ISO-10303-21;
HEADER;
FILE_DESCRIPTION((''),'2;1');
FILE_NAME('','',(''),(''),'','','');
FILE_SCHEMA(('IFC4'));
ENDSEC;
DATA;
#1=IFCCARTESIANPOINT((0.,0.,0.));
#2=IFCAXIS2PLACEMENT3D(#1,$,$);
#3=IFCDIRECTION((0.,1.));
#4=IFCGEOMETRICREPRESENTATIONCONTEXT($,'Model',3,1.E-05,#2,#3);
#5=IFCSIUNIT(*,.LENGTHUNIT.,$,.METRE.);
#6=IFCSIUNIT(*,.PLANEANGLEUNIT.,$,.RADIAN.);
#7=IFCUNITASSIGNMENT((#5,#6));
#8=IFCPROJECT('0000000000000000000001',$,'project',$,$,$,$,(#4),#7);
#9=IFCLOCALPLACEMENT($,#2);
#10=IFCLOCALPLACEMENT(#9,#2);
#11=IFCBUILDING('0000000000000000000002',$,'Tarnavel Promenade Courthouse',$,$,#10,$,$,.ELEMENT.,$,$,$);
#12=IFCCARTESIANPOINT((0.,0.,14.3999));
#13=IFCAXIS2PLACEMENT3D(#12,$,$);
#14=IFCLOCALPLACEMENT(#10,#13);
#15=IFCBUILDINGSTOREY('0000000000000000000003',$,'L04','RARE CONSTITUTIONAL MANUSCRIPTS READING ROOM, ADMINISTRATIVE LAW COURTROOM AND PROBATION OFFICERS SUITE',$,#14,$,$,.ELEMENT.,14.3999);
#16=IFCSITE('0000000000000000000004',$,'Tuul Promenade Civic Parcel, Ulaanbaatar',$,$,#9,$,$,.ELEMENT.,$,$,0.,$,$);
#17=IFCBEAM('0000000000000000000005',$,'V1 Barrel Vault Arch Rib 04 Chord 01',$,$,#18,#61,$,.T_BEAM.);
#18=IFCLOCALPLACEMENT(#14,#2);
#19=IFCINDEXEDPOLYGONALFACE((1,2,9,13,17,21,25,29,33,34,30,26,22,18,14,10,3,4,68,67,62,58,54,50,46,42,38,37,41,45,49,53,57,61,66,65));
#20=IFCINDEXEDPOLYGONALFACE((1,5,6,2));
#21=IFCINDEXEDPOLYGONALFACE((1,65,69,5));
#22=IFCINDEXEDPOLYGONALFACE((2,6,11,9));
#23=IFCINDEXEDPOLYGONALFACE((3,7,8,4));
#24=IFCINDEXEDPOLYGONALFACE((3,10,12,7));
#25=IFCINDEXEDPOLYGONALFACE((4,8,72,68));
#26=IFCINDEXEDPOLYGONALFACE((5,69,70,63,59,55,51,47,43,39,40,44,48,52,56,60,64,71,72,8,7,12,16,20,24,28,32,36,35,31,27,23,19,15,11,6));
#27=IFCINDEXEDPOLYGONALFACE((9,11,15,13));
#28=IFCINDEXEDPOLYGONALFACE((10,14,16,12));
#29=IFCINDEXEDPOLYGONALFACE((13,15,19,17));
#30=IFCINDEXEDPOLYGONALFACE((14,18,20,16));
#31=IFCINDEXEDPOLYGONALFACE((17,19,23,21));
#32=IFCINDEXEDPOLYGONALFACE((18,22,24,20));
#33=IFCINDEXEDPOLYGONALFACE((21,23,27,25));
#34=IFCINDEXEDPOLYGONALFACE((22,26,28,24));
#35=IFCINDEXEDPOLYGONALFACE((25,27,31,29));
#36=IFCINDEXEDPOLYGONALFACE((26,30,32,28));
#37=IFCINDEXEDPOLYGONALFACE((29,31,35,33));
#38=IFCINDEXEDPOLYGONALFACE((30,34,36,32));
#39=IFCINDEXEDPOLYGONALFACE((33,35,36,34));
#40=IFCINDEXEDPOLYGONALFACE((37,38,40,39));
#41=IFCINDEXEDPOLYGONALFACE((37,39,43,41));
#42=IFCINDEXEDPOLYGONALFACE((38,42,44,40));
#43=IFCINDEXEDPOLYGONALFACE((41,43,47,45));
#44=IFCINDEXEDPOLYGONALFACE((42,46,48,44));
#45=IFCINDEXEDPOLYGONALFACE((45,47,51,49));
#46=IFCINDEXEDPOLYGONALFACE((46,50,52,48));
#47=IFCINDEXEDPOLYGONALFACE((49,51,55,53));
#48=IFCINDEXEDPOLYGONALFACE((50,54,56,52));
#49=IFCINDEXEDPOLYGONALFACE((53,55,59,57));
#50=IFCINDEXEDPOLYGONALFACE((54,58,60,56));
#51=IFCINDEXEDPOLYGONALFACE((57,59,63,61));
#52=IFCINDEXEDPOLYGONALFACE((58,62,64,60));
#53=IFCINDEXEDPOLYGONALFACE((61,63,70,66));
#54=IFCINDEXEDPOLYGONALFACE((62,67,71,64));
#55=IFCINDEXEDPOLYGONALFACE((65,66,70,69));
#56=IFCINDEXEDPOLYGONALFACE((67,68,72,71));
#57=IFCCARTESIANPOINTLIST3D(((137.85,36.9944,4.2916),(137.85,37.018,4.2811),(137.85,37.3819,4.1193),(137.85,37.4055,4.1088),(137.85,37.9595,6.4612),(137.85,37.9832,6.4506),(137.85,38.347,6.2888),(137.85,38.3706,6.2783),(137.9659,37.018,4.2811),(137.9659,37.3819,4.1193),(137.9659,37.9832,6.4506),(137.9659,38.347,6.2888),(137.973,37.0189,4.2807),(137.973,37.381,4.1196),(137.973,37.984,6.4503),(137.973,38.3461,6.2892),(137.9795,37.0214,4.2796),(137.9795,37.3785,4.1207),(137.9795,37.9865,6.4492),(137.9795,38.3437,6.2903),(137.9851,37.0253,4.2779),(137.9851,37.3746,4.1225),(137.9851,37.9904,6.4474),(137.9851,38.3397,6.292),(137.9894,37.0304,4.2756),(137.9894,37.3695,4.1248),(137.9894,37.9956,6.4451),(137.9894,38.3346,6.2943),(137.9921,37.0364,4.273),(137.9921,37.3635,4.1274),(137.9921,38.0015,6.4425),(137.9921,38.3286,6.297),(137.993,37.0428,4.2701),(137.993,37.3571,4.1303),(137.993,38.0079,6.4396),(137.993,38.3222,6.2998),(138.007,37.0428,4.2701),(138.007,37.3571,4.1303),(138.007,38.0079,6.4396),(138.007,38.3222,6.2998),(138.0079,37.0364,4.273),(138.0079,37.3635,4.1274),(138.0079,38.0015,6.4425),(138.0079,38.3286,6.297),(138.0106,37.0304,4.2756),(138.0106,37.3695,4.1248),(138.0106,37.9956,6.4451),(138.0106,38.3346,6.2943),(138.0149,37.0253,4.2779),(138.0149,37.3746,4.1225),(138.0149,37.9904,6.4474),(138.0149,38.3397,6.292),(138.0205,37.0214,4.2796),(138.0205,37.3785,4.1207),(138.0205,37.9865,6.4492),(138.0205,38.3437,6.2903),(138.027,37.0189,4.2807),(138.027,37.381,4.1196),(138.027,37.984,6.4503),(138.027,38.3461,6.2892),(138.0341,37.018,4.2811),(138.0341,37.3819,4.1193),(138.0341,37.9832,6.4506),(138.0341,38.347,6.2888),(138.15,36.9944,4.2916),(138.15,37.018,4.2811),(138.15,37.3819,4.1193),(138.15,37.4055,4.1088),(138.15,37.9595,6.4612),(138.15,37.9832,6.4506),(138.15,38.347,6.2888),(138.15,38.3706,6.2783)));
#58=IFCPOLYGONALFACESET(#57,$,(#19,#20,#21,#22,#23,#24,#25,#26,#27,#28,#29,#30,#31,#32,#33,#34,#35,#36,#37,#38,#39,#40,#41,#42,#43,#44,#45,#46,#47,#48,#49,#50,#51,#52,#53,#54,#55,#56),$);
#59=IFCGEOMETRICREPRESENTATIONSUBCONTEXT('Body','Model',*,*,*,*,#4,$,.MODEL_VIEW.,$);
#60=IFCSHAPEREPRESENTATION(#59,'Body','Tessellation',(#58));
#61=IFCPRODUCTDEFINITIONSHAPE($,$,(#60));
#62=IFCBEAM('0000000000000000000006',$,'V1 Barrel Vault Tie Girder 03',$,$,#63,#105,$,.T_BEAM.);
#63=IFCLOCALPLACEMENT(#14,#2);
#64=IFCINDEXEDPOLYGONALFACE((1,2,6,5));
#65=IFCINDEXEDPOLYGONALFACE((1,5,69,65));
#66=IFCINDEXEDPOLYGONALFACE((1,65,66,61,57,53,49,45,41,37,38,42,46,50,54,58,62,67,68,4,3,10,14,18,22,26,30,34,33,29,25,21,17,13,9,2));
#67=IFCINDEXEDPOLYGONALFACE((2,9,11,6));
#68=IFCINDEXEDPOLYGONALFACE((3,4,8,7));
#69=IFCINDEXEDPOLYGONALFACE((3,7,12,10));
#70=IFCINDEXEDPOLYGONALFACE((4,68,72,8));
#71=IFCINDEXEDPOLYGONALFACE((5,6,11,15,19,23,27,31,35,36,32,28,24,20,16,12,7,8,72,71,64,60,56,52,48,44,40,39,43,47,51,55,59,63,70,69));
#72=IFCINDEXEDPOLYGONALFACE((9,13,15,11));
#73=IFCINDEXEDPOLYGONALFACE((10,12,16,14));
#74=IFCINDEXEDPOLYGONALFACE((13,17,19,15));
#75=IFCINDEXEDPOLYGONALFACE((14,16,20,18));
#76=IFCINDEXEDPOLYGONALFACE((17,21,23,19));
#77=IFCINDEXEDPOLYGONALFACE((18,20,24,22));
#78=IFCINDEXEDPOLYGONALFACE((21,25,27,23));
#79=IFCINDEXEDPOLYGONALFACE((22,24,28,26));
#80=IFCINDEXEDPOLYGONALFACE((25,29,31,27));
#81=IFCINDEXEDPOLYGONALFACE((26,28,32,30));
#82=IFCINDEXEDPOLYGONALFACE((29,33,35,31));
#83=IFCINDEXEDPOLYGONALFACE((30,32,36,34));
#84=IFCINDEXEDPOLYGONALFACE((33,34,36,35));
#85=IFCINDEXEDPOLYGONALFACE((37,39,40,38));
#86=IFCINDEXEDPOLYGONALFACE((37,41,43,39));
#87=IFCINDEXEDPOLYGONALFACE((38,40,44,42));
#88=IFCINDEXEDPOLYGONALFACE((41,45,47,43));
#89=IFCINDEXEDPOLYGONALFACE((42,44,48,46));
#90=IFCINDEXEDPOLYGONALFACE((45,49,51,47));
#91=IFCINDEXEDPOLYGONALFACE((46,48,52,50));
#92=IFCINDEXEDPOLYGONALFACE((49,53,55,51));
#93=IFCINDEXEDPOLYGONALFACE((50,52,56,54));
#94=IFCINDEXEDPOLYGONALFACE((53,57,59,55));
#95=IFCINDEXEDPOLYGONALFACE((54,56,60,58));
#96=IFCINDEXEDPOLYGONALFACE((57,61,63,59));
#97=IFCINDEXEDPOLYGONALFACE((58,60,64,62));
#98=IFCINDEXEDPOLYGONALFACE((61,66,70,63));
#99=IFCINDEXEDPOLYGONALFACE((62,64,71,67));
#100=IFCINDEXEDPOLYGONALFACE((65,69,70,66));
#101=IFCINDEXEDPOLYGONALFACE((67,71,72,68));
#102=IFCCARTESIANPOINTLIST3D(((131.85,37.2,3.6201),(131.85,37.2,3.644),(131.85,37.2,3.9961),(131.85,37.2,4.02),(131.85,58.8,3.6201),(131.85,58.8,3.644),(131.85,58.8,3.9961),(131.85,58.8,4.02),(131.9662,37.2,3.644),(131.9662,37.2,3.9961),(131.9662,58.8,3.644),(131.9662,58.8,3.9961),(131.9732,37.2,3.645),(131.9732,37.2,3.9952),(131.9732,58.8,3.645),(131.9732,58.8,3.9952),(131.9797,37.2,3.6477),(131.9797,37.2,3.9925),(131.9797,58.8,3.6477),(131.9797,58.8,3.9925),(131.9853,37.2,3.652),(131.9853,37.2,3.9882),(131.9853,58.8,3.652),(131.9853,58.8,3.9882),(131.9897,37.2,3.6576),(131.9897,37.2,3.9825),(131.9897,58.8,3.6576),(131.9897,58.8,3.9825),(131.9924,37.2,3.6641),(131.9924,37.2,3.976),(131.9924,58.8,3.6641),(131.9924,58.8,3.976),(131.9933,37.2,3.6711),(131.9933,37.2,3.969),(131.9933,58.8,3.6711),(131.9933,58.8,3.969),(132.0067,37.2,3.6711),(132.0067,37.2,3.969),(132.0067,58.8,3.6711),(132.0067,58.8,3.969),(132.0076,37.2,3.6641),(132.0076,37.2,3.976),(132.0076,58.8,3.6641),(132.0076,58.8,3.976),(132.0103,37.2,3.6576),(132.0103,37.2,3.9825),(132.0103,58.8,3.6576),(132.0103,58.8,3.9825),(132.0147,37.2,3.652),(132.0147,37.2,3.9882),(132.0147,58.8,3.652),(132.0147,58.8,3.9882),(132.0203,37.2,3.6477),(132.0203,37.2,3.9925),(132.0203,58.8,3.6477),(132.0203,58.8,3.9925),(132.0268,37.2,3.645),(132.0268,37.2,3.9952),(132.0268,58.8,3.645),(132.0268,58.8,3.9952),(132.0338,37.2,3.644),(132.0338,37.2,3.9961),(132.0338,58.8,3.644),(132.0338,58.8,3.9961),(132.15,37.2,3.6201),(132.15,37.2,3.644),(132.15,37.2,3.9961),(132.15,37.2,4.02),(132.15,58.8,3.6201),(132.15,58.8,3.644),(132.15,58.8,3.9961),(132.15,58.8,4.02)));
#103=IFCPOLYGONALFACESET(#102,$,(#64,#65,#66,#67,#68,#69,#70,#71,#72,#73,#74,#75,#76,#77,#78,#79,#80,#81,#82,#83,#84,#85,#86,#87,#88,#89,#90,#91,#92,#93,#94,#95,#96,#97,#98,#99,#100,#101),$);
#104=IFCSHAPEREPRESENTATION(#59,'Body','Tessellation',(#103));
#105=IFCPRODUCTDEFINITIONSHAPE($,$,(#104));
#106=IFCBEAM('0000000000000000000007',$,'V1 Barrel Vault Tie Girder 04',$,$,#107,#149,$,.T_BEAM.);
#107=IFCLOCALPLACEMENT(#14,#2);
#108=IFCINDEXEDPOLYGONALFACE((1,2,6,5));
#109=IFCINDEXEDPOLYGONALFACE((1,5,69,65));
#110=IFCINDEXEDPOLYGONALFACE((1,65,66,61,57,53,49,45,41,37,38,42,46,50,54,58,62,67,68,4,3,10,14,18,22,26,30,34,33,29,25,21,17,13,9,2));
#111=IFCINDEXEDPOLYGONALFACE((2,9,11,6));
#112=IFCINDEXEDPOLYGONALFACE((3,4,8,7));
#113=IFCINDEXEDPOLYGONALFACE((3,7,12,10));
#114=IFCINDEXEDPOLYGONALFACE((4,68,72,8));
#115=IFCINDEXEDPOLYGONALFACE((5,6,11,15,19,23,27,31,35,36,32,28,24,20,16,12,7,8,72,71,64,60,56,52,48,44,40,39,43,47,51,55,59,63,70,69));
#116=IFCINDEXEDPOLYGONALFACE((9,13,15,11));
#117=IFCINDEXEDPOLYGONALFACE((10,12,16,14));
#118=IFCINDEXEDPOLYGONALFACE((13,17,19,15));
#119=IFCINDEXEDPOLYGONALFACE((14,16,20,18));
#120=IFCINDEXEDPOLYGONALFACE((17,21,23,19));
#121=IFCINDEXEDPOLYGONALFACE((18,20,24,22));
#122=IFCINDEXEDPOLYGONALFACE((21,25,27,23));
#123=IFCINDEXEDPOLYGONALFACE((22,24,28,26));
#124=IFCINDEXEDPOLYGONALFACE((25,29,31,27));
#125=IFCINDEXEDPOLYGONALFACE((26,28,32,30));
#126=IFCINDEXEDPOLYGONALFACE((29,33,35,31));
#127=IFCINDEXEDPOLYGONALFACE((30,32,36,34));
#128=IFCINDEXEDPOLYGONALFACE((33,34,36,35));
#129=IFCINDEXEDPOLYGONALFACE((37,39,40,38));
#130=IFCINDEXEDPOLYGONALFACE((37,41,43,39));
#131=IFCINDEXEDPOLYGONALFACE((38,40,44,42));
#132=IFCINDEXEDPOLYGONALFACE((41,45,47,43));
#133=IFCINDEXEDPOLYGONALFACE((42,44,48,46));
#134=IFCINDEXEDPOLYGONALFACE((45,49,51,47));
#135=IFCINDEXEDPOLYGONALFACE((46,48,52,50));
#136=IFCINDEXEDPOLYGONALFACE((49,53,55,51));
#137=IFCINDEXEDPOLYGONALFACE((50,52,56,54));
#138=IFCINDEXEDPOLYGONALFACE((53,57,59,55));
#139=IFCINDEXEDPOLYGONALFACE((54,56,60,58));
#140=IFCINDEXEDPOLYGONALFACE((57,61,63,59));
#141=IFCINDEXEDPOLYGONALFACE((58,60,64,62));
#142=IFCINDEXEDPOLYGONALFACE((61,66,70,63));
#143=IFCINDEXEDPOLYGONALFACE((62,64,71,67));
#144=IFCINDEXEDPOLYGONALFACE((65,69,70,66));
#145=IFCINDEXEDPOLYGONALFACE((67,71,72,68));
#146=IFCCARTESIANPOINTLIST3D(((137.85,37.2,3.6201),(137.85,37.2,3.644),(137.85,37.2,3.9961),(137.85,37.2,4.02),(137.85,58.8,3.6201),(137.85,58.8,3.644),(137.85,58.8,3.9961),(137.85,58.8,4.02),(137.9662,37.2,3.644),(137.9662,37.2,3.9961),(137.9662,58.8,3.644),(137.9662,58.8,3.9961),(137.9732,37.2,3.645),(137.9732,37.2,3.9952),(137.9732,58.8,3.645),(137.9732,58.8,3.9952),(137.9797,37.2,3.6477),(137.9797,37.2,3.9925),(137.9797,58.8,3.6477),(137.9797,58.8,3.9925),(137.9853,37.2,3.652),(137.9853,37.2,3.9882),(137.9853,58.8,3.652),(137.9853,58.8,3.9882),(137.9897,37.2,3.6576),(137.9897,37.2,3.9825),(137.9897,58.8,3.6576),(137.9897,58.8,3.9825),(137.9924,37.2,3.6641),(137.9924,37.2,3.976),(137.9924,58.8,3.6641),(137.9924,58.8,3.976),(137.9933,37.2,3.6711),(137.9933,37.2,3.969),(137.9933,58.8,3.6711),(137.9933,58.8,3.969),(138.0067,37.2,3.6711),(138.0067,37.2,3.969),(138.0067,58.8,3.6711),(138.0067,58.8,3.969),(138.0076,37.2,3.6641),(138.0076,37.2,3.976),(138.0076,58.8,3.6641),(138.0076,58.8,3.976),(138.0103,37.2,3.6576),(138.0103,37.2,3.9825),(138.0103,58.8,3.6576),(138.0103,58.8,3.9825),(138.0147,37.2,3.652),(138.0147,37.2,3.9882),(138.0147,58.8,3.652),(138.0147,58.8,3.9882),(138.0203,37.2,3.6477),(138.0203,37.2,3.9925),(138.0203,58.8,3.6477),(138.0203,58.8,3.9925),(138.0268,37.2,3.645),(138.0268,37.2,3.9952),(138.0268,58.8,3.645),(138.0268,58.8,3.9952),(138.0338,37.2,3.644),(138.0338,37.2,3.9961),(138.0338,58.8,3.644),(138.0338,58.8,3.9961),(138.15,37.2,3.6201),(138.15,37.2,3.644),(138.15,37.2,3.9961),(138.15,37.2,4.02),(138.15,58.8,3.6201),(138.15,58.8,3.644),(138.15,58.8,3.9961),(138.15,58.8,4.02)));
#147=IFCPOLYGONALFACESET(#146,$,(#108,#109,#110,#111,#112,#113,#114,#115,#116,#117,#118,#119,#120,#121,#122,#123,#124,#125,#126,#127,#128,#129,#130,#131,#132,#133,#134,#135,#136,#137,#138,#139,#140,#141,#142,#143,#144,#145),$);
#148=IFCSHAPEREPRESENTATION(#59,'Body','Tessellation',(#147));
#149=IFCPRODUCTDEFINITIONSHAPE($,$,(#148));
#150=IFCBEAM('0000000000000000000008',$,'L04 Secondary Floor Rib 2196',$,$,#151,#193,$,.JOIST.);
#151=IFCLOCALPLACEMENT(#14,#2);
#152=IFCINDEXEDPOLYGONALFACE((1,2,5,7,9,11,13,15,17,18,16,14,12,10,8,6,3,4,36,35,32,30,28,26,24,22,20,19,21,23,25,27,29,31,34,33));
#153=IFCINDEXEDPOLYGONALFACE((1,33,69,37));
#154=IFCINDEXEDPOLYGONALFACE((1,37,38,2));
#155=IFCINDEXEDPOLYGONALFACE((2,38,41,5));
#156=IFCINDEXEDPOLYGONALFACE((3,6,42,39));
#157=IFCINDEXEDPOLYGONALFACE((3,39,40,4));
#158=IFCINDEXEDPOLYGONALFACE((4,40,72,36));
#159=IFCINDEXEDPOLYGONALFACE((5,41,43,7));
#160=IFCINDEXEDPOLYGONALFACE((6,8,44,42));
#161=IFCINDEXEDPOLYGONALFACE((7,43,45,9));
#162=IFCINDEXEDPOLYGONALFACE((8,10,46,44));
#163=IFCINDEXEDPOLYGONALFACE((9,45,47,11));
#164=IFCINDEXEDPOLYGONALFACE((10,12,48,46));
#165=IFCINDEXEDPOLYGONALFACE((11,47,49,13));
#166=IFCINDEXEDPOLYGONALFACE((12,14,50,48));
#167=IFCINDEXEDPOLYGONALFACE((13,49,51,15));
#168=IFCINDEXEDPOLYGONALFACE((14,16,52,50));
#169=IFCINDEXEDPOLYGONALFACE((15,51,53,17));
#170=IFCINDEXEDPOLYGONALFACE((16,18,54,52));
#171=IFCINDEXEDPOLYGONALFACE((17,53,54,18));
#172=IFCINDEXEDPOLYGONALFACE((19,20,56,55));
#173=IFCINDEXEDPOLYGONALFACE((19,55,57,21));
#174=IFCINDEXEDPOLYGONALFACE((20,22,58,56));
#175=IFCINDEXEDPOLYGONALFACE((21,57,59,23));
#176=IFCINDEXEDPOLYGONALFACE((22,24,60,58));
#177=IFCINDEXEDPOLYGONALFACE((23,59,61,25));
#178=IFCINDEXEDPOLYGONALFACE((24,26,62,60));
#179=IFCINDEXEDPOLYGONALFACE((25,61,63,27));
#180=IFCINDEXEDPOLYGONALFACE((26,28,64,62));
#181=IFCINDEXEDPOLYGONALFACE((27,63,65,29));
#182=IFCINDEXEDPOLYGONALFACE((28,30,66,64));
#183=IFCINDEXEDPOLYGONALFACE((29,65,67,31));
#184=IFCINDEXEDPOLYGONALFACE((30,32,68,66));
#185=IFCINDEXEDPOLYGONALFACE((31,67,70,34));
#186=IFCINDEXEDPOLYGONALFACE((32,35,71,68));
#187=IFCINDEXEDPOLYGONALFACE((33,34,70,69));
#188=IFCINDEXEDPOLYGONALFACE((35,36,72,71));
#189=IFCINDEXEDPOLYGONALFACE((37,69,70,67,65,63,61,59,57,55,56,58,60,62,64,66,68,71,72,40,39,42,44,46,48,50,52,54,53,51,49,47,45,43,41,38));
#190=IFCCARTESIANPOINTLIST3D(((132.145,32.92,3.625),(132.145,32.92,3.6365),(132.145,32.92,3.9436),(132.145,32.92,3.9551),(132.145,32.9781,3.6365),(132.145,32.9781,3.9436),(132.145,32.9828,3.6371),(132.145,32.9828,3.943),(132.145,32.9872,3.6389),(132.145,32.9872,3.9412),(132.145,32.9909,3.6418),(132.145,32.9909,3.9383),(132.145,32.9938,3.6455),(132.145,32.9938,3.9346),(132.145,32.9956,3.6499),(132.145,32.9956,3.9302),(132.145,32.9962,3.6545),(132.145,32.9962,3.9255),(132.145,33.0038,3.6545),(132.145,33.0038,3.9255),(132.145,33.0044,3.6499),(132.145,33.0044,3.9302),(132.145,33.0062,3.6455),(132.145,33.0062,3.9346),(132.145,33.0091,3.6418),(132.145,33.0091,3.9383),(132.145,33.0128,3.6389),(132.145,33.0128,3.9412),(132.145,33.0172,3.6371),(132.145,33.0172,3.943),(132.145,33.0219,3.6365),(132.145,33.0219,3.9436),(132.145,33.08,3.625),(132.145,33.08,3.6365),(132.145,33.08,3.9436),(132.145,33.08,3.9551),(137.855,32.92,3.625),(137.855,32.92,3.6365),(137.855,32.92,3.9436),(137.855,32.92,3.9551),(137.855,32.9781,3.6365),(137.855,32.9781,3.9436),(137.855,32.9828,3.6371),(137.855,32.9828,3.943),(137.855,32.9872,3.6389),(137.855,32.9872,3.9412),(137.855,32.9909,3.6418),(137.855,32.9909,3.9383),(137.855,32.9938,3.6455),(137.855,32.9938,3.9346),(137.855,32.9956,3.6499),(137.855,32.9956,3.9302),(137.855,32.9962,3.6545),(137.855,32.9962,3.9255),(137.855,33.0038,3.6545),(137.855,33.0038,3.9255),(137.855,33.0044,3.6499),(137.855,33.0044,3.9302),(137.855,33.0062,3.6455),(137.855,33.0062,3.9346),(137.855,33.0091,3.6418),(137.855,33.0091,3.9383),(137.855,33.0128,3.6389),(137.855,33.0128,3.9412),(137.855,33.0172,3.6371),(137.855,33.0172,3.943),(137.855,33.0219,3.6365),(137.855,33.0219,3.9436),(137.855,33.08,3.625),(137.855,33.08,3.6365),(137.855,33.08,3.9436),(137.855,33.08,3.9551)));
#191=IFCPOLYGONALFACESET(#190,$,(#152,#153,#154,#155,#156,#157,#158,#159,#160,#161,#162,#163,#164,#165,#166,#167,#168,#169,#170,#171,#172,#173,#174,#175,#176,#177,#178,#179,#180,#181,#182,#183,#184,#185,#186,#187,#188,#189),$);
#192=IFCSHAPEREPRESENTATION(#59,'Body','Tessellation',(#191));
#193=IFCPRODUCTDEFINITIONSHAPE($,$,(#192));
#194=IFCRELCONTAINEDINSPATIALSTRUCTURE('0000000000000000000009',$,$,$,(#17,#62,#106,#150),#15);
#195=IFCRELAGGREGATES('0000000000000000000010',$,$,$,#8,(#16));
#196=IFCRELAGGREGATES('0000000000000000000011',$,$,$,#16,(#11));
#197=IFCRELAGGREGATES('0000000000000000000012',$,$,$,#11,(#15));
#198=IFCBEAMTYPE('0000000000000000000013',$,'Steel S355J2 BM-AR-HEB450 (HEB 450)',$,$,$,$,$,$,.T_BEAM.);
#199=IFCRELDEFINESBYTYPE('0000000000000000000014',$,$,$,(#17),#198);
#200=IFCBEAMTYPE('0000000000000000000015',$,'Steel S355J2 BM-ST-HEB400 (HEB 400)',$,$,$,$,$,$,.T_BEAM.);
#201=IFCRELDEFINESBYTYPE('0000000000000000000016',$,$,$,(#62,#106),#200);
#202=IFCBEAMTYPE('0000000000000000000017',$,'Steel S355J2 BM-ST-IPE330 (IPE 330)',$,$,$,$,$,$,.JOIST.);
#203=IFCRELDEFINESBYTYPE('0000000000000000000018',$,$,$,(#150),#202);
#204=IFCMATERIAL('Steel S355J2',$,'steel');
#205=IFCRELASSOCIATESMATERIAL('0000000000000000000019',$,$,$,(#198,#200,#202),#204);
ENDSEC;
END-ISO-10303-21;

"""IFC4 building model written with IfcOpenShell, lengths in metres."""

from ifc_helpers import new_model, si_unit, direction, frame, origin, origin_2d, place, context, subcontext, project, spatial, i_section, extrude, material, material_profile, profile_set, type_object, element, save


model = new_model("IFC4")

# Units and contexts
model_context = context("Model", 3, precision=1e-05, world=origin(), true_north=direction((0.0, 1.0)))
body_context = subcontext(model_context, "Body", "Model", "MODEL_VIEW")
ifc_project = project(units=[si_unit("LENGTHUNIT", "METRE"), si_unit("PLANEANGLEUNIT", "RADIAN")], contexts=[model_context])

# Site, building, storey
site_placement = place(None, origin())
site = spatial("IfcSite", under=ifc_project, at=site_placement, Name="Tuul Promenade Civic Parcel, Ulaanbaatar", CompositionType="ELEMENT", RefElevation=0.0)
building_placement = place(site_placement, origin())
building = spatial("IfcBuilding", under=site, at=building_placement, Name="Tarnavel Promenade Courthouse", CompositionType="ELEMENT")
storey_placement = place(building_placement, frame((0.0, 0.0, 14.3999)))
storey = spatial("IfcBuildingStorey", under=building, at=storey_placement, Name="L04", Description="RARE CONSTITUTIONAL MANUSCRIPTS READING ROOM, ADMINISTRATIVE LAW COURTROOM AND PROBATION OFFICERS SUITE", CompositionType="ELEMENT", Elevation=14.3999)

# Beams
ifc_material_1 = material(Name="Steel S355J2", Category="steel")
ifc_material_profile_1 = material_profile(ifc_material_1, i_section(OverallWidth=0.3, OverallDepth=0.45, WebThickness=0.0139, FlangeThickness=0.0259, FilletRadius=0.0271, at=origin_2d()), Name="HEB 450")
ifc_profile_set_1 = profile_set([ifc_material_profile_1], Name="Steel S355J2")
beam_type_1 = type_object("IfcBeamType", Name="Steel S355J2 BM-AR-HEB450 (HEB 450)", PredefinedType="T_BEAM", material=ifc_profile_set_1)
for number, where, z_axis, x_axis, name in (
    (1, (138.0, 37.2, 4.2002), (0.0, 0.406453, 0.913672), (-1.0, 0.0, 0.0), "V1 Barrel Vault Arch Rib 04 Chord 01"),
):
    element("IfcBeam", number, at=place(storey_placement, frame(where, z_axis=z_axis, x_axis=x_axis)), inside=storey, type_object=beam_type_1, Name=name, PredefinedType="T_BEAM", context=body_context, shape_type="SweptSolid", body=[
        extrude(i_section(OverallWidth=0.3, OverallDepth=0.45, WebThickness=0.0139, FlangeThickness=0.0259, FilletRadius=0.0271, at=origin_2d()), origin(), (0.0, 0.0, 1.0), 2.3745),
    ])
ifc_material_profile_2 = material_profile(ifc_material_1, i_section(OverallWidth=0.3, OverallDepth=0.3999, WebThickness=0.0134, FlangeThickness=0.0239, FilletRadius=0.0271, at=origin_2d()), Name="HEB 400")
ifc_profile_set_2 = profile_set([ifc_material_profile_2], Name="Steel S355J2")
beam_type_2 = type_object("IfcBeamType", Name="Steel S355J2 BM-ST-HEB400 (HEB 400)", PredefinedType="T_BEAM", material=ifc_profile_set_2)
for number, where, z_axis, x_axis, name in (
    (2, (132.0, 37.2, 3.8201), (0.0, 1.0, 0.0), (-1.0, 0.0, 0.0), "V1 Barrel Vault Tie Girder 03"),
    (3, (138.0, 37.2, 3.8201), (0.0, 1.0, 0.0), (-1.0, 0.0, 0.0), "V1 Barrel Vault Tie Girder 04"),
):
    element("IfcBeam", number, at=place(storey_placement, frame(where, z_axis=z_axis, x_axis=x_axis)), inside=storey, type_object=beam_type_2, Name=name, PredefinedType="T_BEAM", context=body_context, shape_type="SweptSolid", body=[
        extrude(i_section(OverallWidth=0.3, OverallDepth=0.3999, WebThickness=0.0134, FlangeThickness=0.0239, FilletRadius=0.0271, at=origin_2d()), origin(), (0.0, 0.0, 1.0), 21.6001),
    ])
ifc_material_profile_3 = material_profile(ifc_material_1, i_section(OverallWidth=0.1599, OverallDepth=0.3301, WebThickness=0.0076, FlangeThickness=0.0115, FilletRadius=0.0181, at=origin_2d()), Name="IPE 330")
ifc_profile_set_3 = profile_set([ifc_material_profile_3], Name="Steel S355J2")
beam_type_3 = type_object("IfcBeamType", Name="Steel S355J2 BM-ST-IPE330 (IPE 330)", PredefinedType="JOIST", material=ifc_profile_set_3)
beam_placement = place(storey_placement, frame((132.145, 33.0, 3.79), z_axis=(1.0, 0.0, 0.0), x_axis=(0.0, 1.0, 0.0)))
element("IfcBeam", 4, at=beam_placement, inside=storey, type_object=beam_type_3, Name="L04 Secondary Floor Rib 2196", PredefinedType="JOIST", context=body_context, shape_type="SweptSolid", body=[
    extrude(i_section(OverallWidth=0.1599, OverallDepth=0.3301, WebThickness=0.0076, FlangeThickness=0.0115, FilletRadius=0.0181, at=origin_2d()), origin(), (0.0, 0.0, 1.0), 5.71),
])

save(model, "model.ifc")
